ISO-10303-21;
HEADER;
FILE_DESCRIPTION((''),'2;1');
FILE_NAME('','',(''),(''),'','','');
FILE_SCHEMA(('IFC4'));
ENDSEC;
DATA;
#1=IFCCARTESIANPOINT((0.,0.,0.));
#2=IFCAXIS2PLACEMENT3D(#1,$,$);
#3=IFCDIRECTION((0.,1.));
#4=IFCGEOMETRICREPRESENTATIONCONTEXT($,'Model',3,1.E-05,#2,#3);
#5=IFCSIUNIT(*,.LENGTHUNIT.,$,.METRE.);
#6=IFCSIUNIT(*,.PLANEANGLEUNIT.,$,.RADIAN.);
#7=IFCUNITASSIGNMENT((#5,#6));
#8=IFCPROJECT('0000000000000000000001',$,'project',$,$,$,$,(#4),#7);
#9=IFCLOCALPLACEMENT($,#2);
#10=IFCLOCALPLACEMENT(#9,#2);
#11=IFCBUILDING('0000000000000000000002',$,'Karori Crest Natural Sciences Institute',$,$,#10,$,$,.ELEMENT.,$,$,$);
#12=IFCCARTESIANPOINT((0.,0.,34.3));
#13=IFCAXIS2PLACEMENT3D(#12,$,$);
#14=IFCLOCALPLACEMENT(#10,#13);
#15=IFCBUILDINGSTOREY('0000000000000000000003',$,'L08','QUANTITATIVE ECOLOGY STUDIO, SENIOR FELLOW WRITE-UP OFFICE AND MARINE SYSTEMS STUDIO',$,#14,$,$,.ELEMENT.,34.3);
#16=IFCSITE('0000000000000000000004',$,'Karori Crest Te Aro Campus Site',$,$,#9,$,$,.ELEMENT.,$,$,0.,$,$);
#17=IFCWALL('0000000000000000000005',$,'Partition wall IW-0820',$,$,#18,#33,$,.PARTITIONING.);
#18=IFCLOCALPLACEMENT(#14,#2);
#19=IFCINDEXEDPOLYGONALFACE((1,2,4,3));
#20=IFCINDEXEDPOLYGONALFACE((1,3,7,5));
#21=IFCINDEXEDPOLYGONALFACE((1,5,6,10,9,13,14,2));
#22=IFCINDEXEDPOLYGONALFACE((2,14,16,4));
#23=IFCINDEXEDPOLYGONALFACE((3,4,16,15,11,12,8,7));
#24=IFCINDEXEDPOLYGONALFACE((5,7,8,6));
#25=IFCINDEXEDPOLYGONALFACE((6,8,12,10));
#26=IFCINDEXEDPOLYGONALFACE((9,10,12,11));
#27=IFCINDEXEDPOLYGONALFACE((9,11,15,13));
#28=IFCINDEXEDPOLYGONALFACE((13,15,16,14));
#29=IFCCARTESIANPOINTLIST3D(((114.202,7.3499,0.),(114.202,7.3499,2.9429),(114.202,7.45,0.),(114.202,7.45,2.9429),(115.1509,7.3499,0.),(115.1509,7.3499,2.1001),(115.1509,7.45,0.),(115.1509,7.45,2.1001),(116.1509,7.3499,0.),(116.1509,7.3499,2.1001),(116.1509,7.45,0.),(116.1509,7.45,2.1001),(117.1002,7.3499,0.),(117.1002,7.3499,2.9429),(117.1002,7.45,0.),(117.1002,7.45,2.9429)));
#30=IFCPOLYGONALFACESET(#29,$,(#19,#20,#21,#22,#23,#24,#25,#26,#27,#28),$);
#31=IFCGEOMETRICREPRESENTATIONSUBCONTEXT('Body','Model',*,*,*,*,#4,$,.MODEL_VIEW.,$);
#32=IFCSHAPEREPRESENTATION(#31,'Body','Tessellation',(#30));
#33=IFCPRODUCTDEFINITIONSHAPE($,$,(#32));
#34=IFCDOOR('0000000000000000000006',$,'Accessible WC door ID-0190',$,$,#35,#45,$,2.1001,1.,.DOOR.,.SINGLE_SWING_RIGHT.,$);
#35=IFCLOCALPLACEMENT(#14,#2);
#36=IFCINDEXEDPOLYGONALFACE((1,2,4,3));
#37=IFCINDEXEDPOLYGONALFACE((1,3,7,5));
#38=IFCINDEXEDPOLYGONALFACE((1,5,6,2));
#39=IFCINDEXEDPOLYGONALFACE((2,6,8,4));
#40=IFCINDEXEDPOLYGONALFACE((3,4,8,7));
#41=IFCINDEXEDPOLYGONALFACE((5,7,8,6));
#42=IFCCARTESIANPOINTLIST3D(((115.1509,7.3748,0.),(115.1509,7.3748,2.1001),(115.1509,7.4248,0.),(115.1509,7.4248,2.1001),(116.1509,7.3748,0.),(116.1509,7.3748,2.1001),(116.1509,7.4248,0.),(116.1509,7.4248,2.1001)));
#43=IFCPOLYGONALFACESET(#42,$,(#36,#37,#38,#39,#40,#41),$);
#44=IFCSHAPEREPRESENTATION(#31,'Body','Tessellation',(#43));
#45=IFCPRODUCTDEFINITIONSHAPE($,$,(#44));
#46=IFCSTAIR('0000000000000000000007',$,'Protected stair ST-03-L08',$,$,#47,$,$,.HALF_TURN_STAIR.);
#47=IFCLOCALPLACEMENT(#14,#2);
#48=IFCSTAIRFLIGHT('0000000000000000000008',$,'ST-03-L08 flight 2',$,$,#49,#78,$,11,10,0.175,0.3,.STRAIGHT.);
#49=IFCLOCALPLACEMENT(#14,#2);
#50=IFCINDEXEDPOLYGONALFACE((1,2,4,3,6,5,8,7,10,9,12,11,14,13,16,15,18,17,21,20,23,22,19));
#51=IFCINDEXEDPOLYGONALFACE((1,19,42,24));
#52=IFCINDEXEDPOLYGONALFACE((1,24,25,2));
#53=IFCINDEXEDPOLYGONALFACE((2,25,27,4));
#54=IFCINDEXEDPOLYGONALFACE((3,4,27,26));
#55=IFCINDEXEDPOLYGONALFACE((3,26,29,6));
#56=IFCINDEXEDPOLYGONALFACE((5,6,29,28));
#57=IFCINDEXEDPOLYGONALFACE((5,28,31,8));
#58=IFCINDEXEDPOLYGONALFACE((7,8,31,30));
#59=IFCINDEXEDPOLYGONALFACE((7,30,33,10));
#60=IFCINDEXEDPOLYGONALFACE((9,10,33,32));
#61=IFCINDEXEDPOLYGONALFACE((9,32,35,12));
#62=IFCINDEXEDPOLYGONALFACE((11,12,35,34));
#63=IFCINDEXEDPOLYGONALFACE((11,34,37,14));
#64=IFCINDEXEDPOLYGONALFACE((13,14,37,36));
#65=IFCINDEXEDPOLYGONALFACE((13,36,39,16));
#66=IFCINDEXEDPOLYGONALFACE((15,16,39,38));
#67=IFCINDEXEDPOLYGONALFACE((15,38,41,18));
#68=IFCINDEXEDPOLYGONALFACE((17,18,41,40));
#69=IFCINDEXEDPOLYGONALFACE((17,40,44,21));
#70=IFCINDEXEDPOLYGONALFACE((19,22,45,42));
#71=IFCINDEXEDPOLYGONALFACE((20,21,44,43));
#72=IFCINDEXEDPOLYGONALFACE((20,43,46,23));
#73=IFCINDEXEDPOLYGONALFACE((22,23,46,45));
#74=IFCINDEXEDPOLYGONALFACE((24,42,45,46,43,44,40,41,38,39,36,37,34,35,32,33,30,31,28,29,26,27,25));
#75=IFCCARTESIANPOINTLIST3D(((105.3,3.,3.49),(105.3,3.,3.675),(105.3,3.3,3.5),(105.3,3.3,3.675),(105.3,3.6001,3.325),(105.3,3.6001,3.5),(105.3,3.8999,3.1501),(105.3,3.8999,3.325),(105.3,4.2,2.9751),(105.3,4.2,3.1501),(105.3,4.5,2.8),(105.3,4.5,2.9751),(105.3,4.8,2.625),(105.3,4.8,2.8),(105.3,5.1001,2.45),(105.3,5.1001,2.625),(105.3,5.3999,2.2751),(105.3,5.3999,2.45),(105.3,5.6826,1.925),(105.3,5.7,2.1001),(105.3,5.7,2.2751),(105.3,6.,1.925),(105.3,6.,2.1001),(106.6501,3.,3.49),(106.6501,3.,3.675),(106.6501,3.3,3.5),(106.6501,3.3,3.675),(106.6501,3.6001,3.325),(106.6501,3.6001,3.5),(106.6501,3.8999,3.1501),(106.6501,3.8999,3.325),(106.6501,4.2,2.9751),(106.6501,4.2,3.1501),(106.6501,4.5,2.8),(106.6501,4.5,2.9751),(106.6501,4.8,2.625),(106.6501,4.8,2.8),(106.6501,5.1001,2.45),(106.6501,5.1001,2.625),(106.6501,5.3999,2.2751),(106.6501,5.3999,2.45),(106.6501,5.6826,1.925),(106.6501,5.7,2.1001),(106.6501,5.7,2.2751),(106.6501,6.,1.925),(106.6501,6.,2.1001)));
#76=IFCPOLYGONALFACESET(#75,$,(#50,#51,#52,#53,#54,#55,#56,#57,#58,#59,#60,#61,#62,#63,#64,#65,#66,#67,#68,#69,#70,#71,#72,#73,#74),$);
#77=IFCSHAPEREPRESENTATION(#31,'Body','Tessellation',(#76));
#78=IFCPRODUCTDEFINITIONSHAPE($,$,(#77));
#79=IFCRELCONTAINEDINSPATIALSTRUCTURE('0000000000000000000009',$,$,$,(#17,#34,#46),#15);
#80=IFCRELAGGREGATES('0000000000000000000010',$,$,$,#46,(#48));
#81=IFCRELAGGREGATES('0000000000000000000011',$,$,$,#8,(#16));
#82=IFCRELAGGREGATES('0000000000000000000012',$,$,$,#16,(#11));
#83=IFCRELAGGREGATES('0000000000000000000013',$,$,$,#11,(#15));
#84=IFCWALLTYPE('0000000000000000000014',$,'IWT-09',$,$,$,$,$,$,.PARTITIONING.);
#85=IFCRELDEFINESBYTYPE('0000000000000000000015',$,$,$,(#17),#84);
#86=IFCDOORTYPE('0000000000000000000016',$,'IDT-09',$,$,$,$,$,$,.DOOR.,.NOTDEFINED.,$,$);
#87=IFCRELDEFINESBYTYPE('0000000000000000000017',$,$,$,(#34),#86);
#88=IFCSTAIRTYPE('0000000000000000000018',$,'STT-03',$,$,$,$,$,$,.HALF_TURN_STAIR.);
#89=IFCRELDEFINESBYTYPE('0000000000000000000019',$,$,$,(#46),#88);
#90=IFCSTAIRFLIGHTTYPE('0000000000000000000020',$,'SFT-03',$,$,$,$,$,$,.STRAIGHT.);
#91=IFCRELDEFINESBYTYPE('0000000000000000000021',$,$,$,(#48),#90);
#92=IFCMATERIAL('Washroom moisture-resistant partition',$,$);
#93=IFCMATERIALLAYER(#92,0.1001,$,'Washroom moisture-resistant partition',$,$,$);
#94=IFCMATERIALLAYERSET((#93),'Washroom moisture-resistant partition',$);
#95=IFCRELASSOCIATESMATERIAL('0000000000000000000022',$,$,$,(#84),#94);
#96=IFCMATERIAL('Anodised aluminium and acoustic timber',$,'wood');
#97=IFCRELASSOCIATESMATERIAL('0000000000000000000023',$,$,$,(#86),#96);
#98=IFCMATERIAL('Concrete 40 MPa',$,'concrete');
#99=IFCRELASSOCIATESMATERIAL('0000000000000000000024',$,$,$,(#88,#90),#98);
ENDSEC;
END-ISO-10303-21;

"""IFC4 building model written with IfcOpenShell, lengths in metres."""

from ifc_helpers import new_model, si_unit, direction, frame, frame_2d, origin, place, context, subcontext, project, spatial, polyline, rectangle, outline, extrude, material, layer, layer_set, type_object, element, fill, aggregate, save


model = new_model("IFC4")

# Units and contexts
model_context = context("Model", 3, precision=1e-05, world=origin(), true_north=direction((0.0, 1.0)))
body_context = subcontext(model_context, "Body", "Model", "MODEL_VIEW")
ifc_project = project(units=[si_unit("LENGTHUNIT", "METRE"), si_unit("PLANEANGLEUNIT", "RADIAN")], contexts=[model_context])

# Site, building, storey
site_placement = place(None, origin())
site = spatial("IfcSite", under=ifc_project, at=site_placement, Name="Karori Crest Te Aro Campus Site", CompositionType="ELEMENT", RefElevation=0.0)
building_placement = place(site_placement, origin())
building = spatial("IfcBuilding", under=site, at=building_placement, Name="Karori Crest Natural Sciences Institute", CompositionType="ELEMENT")
storey_placement = place(building_placement, frame((0.0, 0.0, 34.3)))
storey = spatial("IfcBuildingStorey", under=building, at=storey_placement, Name="L08", Description="QUANTITATIVE ECOLOGY STUDIO, SENIOR FELLOW WRITE-UP OFFICE AND MARINE SYSTEMS STUDIO", CompositionType="ELEMENT", Elevation=34.3)

# Wall, opening, door
ifc_material_1 = material(Name="Concrete 40 MPa", Category="concrete")
ifc_material_2 = material(Name="Anodised aluminium and acoustic timber", Category="wood")
ifc_material_3 = material(Name="Washroom moisture-resistant partition")
ifc_layer_1 = layer(ifc_material_3, 0.1001, Name="Washroom moisture-resistant partition")
ifc_layer_set_1 = layer_set([ifc_layer_1], Name="Washroom moisture-resistant partition")
wall_type_1 = type_object("IfcWallType", Name="IWT-09", PredefinedType="PARTITIONING", material=ifc_layer_set_1)
wall_1_placement = place(storey_placement, frame((114.2019, 7.3999, 0.0), z_axis=(0.0, 0.0, 1.0), x_axis=(1.0, 0.0, 0.0)))
wall_1 = element("IfcWall", 1, at=wall_1_placement, inside=storey, type_object=wall_type_1, Name="Partition wall IW-0820", PredefinedType="PARTITIONING", context=body_context, shape_type="SweptSolid", body=[
    extrude(rectangle(XDim=2.8982, YDim=0.1001, at=frame_2d((1.4492, 0.0))), origin(), (0.0, 0.0, 1.0), 2.9429),
])
opening_1_placement = place(wall_1_placement, frame((0.949, 0.0, 0.0)))
opening_1 = element("IfcOpeningElement", 2, at=opening_1_placement, cuts=wall_1, PredefinedType="OPENING", context=body_context, shape_type="SweptSolid", body=[
    extrude(rectangle(XDim=1.0, YDim=2.1001, at=frame_2d((0.5, 1.05))), frame((0.0, 0.0601, 0.0), z_axis=(0.0, -1.0, 0.0), x_axis=(1.0, 0.0, 0.0)), (0.0, 0.0, 1.0), 0.1201),
])
door_type_1 = type_object("IfcDoorType", Name="IDT-09", OperationType="NOTDEFINED", PredefinedType="DOOR", material=ifc_material_2)
door_1_placement = place(opening_1_placement, origin())
door_1 = element("IfcDoor", 3, at=door_1_placement, inside=storey, type_object=door_type_1, Name="Accessible WC door ID-0190", OperationType="SINGLE_SWING_RIGHT", OverallHeight=2.1001, OverallWidth=1.0, PredefinedType="DOOR", context=body_context, shape_type="SweptSolid", body=[
    extrude(rectangle(XDim=1.0, YDim=2.1001, at=frame_2d((0.5, 1.05))), frame((0.0, 0.0249, 0.0), z_axis=(0.0, -1.0, 0.0), x_axis=(1.0, 0.0, 0.0)), (0.0, 0.0, 1.0), 0.05),
])
fill(opening_1, door_1)

# Stair, stair flight
stair_type = type_object("IfcStairType", Name="STT-03", PredefinedType="HALF_TURN_STAIR", material=ifc_material_1)
stair_placement = place(storey_placement, origin())
stair = element("IfcStair", 4, at=stair_placement, inside=storey, type_object=stair_type, Name="Protected stair ST-03-L08", PredefinedType="HALF_TURN_STAIR")
stair_flight_type = type_object("IfcStairFlightType", Name="SFT-03", PredefinedType="STRAIGHT", material=ifc_material_1)
stair_flight_placement = place(storey_placement, frame((105.9751, 6.0, 1.925), z_axis=(0.0, 0.0, 1.0), x_axis=(0.0, -1.0, 0.0)))
stair_flight = element("IfcStairFlight", 5, at=stair_flight_placement, type_object=stair_flight_type, Name="ST-03-L08 flight 2", NumberOfRisers=11, NumberOfTreads=10, PredefinedType="STRAIGHT", RiserHeight=0.175, TreadLength=0.3, context=body_context, shape_type="SweptSolid", body=[
    extrude(outline(polyline([(0.0, 0.0), (0.0, 0.175), (0.3, 0.175), (0.3, 0.3501), (0.6001, 0.3501), (0.6001, 0.5249), (0.8999, 0.5249), (0.8999, 0.7), (1.2, 0.7), (1.2, 0.875), (1.5, 0.875), (1.5, 1.05), (1.8, 1.05), (1.8, 1.2251), (2.1001, 1.2251), (2.1001, 1.3999), (2.3999, 1.3999), (2.3999, 1.575), (2.7, 1.575), (2.7, 1.75), (3.0, 1.75), (3.0, 1.925), (3.0, 1.5649), (0.3174, 0.0), (0.0, 0.0)])), frame((0.0, 0.675, 0.0), z_axis=(0.0, -1.0, 0.0), x_axis=(1.0, 0.0, 0.0)), (0.0, 0.0, 1.0), 1.3501),
])
aggregate(stair, [stair_flight])

save(model, "model.ifc")
